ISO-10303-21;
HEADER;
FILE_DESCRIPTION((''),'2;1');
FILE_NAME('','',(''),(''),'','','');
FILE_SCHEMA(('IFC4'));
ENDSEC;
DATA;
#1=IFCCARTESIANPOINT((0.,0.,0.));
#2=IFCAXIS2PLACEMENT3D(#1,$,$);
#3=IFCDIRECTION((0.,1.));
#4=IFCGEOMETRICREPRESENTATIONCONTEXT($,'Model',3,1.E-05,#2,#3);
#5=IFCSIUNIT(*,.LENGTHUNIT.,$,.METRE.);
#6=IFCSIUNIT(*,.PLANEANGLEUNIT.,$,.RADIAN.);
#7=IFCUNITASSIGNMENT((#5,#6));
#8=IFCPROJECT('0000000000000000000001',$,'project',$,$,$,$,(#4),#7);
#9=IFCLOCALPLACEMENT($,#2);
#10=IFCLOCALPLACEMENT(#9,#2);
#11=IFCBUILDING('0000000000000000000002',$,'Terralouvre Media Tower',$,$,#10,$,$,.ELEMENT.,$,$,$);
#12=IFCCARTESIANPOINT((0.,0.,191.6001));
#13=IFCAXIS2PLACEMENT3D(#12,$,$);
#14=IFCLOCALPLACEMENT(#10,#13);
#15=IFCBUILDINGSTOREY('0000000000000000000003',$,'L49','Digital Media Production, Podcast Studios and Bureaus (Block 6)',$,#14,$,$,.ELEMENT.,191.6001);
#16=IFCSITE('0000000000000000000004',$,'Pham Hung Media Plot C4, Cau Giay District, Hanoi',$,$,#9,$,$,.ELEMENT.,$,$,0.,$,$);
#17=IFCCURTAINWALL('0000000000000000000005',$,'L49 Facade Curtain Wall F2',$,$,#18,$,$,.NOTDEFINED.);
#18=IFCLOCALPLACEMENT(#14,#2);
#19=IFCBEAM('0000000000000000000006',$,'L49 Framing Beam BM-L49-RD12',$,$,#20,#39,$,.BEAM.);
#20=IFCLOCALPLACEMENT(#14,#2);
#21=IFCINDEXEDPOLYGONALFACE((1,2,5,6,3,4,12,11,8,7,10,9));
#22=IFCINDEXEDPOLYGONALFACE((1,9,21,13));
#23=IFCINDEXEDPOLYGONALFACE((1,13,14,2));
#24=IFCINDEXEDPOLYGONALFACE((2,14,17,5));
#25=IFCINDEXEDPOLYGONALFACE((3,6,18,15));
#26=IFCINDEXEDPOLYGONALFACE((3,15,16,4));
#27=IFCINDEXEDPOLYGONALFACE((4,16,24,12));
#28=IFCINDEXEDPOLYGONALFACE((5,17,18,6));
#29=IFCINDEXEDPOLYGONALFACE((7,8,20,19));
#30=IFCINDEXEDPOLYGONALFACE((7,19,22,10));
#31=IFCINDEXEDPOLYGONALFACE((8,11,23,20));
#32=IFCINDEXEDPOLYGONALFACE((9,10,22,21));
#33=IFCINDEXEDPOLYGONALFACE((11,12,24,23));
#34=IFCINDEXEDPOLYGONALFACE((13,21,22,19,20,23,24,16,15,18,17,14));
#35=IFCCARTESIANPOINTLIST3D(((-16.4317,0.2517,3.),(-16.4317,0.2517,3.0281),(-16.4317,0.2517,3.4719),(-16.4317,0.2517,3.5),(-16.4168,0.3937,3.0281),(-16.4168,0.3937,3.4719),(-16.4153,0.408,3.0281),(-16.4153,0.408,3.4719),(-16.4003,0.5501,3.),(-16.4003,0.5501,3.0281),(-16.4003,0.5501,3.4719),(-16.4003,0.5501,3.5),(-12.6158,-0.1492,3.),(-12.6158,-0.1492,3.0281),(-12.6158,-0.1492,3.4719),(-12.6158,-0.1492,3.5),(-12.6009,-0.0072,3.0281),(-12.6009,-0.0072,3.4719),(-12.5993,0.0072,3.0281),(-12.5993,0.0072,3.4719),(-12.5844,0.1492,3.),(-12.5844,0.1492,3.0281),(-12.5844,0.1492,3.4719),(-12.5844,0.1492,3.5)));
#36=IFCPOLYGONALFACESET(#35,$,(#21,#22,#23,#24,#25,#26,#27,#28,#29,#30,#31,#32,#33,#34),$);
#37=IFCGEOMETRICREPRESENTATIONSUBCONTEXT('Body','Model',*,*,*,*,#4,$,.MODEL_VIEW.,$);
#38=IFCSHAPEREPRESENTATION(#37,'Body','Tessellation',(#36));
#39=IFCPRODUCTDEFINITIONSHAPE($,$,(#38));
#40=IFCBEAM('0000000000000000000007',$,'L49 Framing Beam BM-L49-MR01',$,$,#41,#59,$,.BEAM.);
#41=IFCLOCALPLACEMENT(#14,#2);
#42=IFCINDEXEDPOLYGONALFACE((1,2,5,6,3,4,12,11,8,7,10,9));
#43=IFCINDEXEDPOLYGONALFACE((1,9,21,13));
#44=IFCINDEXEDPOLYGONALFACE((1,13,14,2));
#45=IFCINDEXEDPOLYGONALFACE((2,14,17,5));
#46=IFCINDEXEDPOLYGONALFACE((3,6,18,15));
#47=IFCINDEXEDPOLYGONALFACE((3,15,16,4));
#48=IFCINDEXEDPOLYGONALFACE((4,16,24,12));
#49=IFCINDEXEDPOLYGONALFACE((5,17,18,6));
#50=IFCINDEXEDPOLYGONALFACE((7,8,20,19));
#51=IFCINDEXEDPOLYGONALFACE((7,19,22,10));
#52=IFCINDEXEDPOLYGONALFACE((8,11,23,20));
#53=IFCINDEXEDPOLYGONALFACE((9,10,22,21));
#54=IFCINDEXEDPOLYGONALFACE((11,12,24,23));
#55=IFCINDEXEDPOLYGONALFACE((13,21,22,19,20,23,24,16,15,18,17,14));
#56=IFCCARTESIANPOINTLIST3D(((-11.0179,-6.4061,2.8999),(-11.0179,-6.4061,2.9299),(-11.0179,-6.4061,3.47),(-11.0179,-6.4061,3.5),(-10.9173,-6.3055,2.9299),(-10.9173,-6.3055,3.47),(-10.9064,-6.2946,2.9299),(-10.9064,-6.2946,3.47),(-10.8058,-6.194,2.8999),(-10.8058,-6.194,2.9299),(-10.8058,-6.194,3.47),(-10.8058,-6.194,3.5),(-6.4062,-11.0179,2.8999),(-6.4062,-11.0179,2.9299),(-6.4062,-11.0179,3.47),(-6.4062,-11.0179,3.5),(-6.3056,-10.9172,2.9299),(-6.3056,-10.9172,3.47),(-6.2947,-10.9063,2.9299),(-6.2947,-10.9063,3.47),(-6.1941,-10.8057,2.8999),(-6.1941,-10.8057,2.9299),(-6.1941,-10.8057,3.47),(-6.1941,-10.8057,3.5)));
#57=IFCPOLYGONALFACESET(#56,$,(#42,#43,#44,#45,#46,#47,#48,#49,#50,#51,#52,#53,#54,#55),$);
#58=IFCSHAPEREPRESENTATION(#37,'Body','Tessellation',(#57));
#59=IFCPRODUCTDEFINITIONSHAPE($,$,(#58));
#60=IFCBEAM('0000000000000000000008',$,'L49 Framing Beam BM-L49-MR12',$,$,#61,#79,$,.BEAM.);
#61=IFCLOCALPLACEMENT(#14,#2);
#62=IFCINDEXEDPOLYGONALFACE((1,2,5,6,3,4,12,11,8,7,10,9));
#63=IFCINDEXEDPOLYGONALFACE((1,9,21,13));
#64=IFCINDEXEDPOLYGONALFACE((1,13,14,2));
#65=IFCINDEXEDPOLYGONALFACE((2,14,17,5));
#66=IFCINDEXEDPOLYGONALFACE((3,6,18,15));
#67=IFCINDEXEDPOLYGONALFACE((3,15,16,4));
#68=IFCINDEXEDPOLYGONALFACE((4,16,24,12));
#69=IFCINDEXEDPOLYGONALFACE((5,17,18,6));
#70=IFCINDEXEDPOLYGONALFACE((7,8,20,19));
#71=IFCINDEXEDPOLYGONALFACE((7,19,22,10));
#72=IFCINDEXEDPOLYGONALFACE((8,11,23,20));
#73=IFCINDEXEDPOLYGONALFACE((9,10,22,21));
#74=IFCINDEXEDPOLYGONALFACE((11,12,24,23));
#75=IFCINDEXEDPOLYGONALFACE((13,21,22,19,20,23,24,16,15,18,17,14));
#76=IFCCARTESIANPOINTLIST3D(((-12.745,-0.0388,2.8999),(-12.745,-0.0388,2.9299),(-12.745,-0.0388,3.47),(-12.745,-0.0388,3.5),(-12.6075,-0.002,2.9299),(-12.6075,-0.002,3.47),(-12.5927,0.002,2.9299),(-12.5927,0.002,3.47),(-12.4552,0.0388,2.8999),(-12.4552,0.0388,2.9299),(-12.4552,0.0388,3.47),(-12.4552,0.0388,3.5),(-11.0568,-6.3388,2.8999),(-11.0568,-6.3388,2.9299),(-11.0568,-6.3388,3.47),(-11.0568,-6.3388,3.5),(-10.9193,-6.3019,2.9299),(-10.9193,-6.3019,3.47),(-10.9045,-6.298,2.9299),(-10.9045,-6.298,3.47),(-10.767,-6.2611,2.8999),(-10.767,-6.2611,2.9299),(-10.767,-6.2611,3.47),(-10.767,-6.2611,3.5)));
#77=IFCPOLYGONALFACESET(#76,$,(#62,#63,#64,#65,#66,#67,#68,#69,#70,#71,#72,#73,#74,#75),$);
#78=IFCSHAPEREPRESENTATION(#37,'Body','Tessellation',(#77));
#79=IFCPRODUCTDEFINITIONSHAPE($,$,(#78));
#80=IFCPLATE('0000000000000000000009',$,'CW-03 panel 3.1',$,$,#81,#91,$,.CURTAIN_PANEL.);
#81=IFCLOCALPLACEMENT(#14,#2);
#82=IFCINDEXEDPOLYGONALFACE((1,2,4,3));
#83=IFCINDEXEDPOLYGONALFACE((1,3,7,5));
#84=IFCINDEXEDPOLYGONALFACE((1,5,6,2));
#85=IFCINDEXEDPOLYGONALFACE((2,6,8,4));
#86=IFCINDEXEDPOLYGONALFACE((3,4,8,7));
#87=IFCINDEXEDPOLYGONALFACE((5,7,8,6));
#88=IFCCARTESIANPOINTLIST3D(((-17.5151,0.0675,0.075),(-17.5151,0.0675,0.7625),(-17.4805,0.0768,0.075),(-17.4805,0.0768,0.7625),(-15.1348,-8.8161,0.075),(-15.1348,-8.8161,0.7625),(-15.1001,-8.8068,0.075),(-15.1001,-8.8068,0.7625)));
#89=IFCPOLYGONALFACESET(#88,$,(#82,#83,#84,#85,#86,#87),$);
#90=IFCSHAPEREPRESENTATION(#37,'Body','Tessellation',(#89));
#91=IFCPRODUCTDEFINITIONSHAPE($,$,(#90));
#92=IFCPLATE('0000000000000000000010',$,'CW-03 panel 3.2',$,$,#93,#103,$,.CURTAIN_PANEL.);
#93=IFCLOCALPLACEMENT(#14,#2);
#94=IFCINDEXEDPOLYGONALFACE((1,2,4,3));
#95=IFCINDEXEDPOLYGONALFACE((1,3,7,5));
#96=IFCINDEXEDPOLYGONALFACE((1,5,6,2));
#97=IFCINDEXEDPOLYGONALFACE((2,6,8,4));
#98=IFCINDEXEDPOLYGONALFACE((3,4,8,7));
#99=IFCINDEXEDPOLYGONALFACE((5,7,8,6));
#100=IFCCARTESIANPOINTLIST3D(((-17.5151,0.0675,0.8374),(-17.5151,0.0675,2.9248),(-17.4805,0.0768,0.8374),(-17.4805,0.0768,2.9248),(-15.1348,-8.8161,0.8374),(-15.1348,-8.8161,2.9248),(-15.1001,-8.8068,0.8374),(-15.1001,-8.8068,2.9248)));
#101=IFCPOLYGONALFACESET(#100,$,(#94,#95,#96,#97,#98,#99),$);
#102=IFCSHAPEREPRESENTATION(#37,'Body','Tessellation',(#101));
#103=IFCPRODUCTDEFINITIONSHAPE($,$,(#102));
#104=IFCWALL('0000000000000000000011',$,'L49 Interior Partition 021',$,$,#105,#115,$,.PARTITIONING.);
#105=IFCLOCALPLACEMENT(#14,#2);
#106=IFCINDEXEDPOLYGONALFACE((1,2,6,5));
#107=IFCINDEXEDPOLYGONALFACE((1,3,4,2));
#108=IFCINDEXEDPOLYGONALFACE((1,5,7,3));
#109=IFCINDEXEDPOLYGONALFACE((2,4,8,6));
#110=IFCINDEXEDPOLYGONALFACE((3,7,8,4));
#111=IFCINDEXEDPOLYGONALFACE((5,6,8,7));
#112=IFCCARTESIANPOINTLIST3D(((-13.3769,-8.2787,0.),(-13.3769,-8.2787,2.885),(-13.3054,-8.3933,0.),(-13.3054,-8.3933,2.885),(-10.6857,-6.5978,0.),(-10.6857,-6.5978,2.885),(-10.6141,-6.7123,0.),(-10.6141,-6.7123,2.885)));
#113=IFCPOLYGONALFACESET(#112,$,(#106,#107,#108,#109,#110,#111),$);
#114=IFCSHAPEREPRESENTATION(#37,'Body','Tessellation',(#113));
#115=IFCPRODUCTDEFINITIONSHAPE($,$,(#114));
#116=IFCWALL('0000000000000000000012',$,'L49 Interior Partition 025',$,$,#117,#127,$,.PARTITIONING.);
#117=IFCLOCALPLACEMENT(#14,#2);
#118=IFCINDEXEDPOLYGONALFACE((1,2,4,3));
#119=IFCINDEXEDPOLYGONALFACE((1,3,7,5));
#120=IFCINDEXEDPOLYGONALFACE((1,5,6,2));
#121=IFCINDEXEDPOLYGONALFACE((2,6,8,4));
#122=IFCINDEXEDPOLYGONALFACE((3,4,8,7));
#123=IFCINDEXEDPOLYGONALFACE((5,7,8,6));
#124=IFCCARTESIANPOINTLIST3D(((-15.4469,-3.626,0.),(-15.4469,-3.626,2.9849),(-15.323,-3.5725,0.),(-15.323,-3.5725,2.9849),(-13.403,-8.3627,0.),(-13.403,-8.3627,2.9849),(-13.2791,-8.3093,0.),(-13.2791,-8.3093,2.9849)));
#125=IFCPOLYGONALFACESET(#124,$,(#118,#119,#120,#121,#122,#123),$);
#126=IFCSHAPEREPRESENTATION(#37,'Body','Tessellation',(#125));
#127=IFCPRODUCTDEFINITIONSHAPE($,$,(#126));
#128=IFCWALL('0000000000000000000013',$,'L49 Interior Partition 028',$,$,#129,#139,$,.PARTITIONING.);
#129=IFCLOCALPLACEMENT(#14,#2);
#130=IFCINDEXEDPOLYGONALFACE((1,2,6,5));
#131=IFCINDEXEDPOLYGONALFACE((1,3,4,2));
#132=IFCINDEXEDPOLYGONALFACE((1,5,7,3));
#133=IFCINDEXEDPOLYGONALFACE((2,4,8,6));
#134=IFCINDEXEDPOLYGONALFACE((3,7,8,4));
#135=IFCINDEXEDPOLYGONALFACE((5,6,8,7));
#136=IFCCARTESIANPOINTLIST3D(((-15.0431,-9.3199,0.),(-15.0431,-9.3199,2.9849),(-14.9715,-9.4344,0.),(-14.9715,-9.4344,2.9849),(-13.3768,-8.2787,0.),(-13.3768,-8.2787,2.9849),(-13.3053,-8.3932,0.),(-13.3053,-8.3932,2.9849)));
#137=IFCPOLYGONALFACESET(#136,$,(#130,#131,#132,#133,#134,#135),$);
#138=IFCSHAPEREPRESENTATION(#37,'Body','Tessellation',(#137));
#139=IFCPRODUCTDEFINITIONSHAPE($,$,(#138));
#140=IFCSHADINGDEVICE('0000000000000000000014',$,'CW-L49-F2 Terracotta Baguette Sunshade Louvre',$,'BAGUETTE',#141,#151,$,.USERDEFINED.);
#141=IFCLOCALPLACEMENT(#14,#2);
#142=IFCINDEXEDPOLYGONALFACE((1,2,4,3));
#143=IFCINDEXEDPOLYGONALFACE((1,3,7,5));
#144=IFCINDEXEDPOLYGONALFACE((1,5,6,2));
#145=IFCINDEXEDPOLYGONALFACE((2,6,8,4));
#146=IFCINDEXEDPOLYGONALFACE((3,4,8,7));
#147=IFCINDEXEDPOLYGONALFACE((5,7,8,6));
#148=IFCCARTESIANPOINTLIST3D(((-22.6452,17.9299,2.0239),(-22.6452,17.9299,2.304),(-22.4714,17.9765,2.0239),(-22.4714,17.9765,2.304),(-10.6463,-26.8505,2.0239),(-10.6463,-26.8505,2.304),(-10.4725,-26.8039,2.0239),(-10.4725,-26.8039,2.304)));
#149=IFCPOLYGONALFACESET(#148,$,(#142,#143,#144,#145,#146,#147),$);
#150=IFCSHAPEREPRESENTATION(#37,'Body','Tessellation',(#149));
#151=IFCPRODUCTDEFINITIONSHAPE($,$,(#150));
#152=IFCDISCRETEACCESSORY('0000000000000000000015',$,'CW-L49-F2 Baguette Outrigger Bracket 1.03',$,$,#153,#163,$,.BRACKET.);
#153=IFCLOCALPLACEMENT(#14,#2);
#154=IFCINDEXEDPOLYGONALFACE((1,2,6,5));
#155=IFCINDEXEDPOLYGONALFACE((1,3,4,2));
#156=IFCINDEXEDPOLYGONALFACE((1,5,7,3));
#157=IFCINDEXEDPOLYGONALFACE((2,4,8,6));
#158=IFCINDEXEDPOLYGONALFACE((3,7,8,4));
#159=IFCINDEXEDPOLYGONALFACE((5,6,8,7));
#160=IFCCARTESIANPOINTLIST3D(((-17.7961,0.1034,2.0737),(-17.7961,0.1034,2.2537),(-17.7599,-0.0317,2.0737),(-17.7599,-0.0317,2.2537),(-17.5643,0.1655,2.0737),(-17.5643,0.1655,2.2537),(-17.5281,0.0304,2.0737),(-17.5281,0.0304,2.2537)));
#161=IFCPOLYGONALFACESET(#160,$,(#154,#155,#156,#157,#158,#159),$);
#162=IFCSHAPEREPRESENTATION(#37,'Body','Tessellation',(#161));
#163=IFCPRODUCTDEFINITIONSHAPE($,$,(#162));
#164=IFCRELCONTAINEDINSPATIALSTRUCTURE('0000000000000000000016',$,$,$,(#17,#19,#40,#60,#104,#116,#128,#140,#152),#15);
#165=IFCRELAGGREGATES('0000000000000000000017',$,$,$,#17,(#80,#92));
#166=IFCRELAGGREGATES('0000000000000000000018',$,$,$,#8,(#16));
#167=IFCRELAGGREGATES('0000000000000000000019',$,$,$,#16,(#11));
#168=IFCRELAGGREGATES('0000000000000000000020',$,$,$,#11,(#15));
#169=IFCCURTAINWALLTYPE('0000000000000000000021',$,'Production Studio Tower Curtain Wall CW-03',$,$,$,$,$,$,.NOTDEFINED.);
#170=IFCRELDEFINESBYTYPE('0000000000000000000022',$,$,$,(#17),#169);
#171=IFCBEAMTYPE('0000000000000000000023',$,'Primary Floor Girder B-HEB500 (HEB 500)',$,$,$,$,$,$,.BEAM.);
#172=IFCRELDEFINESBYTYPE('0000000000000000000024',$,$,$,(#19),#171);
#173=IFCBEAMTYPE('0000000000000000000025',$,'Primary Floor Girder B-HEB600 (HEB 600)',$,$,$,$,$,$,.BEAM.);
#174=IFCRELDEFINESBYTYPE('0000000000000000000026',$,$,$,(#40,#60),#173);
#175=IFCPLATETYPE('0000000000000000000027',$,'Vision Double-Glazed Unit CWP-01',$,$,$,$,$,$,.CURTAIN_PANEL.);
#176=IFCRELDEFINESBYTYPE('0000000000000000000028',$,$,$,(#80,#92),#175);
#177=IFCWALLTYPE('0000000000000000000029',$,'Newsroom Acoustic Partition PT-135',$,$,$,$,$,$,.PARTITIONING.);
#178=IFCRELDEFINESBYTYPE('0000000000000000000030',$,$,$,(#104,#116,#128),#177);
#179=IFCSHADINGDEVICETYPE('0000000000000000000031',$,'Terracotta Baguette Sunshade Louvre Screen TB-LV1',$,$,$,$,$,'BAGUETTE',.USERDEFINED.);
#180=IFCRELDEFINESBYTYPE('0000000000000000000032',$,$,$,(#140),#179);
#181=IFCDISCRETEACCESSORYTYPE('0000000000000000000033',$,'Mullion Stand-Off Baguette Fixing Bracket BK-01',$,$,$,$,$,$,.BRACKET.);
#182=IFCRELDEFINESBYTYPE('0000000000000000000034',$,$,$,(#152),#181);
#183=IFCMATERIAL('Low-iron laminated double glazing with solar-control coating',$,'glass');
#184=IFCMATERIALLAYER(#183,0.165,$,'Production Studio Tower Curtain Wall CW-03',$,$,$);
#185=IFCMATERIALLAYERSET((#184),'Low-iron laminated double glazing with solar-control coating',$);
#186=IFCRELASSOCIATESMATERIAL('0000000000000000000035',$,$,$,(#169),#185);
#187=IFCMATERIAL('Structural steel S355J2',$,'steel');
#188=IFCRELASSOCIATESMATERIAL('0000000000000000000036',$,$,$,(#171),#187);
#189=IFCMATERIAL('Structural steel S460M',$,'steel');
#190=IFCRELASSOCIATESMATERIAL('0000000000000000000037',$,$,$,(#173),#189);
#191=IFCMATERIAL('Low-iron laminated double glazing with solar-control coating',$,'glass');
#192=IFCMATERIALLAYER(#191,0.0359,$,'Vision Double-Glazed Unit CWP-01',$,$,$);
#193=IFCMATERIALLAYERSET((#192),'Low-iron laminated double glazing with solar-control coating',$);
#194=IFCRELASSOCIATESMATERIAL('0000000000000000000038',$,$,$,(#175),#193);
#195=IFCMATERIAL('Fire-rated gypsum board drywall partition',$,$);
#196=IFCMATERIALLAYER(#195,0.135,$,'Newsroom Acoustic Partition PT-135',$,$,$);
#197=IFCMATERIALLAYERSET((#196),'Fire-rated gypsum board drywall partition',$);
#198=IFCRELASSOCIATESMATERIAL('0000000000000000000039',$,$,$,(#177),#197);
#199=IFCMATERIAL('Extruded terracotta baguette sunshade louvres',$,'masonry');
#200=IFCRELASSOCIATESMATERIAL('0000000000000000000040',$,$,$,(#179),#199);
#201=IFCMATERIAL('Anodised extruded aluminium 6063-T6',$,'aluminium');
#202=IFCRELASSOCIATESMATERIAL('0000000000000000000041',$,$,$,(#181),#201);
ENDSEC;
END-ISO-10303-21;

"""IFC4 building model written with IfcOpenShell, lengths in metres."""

from ifc_helpers import new_model, si_unit, direction, frame, frame_2d, origin, origin_2d, place, context, subcontext, project, spatial, rectangle, i_section, extrude, material, layer, layer_set, material_profile, profile_set, type_object, element, aggregate, save


model = new_model("IFC4")

# Units and contexts
model_context = context("Model", 3, precision=1e-05, world=origin(), true_north=direction((0.0, 1.0)))
body_context = subcontext(model_context, "Body", "Model", "MODEL_VIEW")
ifc_project = project(units=[si_unit("LENGTHUNIT", "METRE"), si_unit("PLANEANGLEUNIT", "RADIAN")], contexts=[model_context])

# Site, building, storey
site_placement = place(None, origin())
site = spatial("IfcSite", under=ifc_project, at=site_placement, Name="Pham Hung Media Plot C4, Cau Giay District, Hanoi", CompositionType="ELEMENT", RefElevation=0.0)
building_placement = place(site_placement, origin())
building = spatial("IfcBuilding", under=site, at=building_placement, Name="Terralouvre Media Tower", CompositionType="ELEMENT")
storey_placement = place(building_placement, frame((0.0, 0.0, 191.6001)))
storey = spatial("IfcBuildingStorey", under=building, at=storey_placement, Name="L49", Description="Digital Media Production, Podcast Studios and Bureaus (Block 6)", CompositionType="ELEMENT", Elevation=191.6001)

# Curtain wall
ifc_material_1 = material(Name="Low-iron laminated double glazing with solar-control coating", Category="glass")
ifc_layer_1 = layer(ifc_material_1, 0.165, Name="Production Studio Tower Curtain Wall CW-03")
ifc_layer_set_1 = layer_set([ifc_layer_1], Name="Low-iron laminated double glazing with solar-control coating")
curtain_wall_type = type_object("IfcCurtainWallType", Name="Production Studio Tower Curtain Wall CW-03", PredefinedType="NOTDEFINED", material=ifc_layer_set_1)
curtain_wall_placement = place(storey_placement, origin())
curtain_wall = element("IfcCurtainWall", 1, at=curtain_wall_placement, inside=storey, type_object=curtain_wall_type, Name="L49 Facade Curtain Wall F2", PredefinedType="NOTDEFINED")

# Beams
ifc_material_2 = material(Name="Structural steel S355J2", Category="steel")
ifc_material_profile_1 = material_profile(ifc_material_2, i_section(OverallWidth=0.3, OverallDepth=0.5, WebThickness=0.0144, FlangeThickness=0.0281, at=origin_2d()), Name="HEB 500")
ifc_profile_set_1 = profile_set([ifc_material_profile_1], Name="Structural steel S355J2")
beam_type_1 = type_object("IfcBeamType", Name="Primary Floor Girder B-HEB500 (HEB 500)", PredefinedType="BEAM", material=ifc_profile_set_1)
beam_1_placement = place(storey_placement, frame((-12.6001, 0.0, 3.25), z_axis=(-0.994527, 0.104479, 0.0), x_axis=(-0.104479, -0.994527, 0.0)))
element("IfcBeam", 2, at=beam_1_placement, inside=storey, type_object=beam_type_1, Name="L49 Framing Beam BM-L49-RD12", PredefinedType="BEAM", context=body_context, shape_type="SweptSolid", body=[
    extrude(i_section(OverallWidth=0.3, OverallDepth=0.5, WebThickness=0.0144, FlangeThickness=0.0281, at=origin_2d()), origin(), (0.0, 0.0, 1.0), 3.8369),
])
ifc_material_3 = material(Name="Structural steel S460M", Category="steel")
ifc_material_profile_2 = material_profile(ifc_material_3, i_section(OverallWidth=0.3, OverallDepth=0.6001, WebThickness=0.0154, FlangeThickness=0.03, at=origin_2d()), Name="HEB 600")
ifc_profile_set_2 = profile_set([ifc_material_profile_2], Name="Structural steel S460M")
beam_type_2 = type_object("IfcBeamType", Name="Primary Floor Girder B-HEB600 (HEB 600)", PredefinedType="BEAM", material=ifc_profile_set_2)
beam_2_placement = place(storey_placement, frame((-10.9119, -6.3, 3.2), z_axis=(0.707107, -0.707107, 0.0), x_axis=(0.707107, 0.707107, 0.0)))
element("IfcBeam", 3, at=beam_2_placement, inside=storey, type_object=beam_type_2, Name="L49 Framing Beam BM-L49-MR01", PredefinedType="BEAM", context=body_context, shape_type="SweptSolid", body=[
    extrude(i_section(OverallWidth=0.3, OverallDepth=0.6001, WebThickness=0.0154, FlangeThickness=0.03, at=origin_2d()), origin(), (0.0, 0.0, 1.0), 6.522),
])
beam_3_placement = place(storey_placement, frame((-12.6001, 0.0, 3.2), z_axis=(0.258839, -0.96592, 0.0), x_axis=(0.96592, 0.258839, 0.0)))
element("IfcBeam", 4, at=beam_3_placement, inside=storey, type_object=beam_type_2, Name="L49 Framing Beam BM-L49-MR12", PredefinedType="BEAM", context=body_context, shape_type="SweptSolid", body=[
    extrude(i_section(OverallWidth=0.3, OverallDepth=0.6001, WebThickness=0.0154, FlangeThickness=0.03, at=origin_2d()), origin(), (0.0, 0.0, 1.0), 6.5222),
])

# Plates
ifc_material_4 = material(Name="Low-iron laminated double glazing with solar-control coating", Category="glass")
ifc_layer_2 = layer(ifc_material_4, 0.0359, Name="Vision Double-Glazed Unit CWP-01")
ifc_layer_set_2 = layer_set([ifc_layer_2], Name="Low-iron laminated double glazing with solar-control coating")
plate_type = type_object("IfcPlateType", Name="Vision Double-Glazed Unit CWP-01", PredefinedType="CURTAIN_PANEL", material=ifc_layer_set_2)
plate_1_placement = place(storey_placement, frame((-16.3076, -4.3696, 0.075), z_axis=(0.0, 0.0, 1.0), x_axis=(0.258819, -0.965926, 0.0)))
plate_1 = element("IfcPlate", 5, at=plate_1_placement, type_object=plate_type, Name="CW-03 panel 3.1", PredefinedType="CURTAIN_PANEL", context=body_context, shape_type="SweptSolid", body=[
    extrude(rectangle(XDim=9.197, YDim=0.0359, at=origin_2d()), origin(), (0.0, 0.0, 1.0), 0.6875),
])
plate_2_placement = place(storey_placement, frame((-16.3076, -4.3696, 0.8374), z_axis=(0.0, 0.0, 1.0), x_axis=(0.258819, -0.965926, 0.0)))
plate_2 = element("IfcPlate", 6, at=plate_2_placement, type_object=plate_type, Name="CW-03 panel 3.2", PredefinedType="CURTAIN_PANEL", context=body_context, shape_type="SweptSolid", body=[
    extrude(rectangle(XDim=9.197, YDim=0.0359, at=origin_2d()), origin(), (0.0, 0.0, 1.0), 2.0874),
])
aggregate(curtain_wall, [plate_1, plate_2])

# Walls
ifc_material_5 = material(Name="Fire-rated gypsum board drywall partition")
ifc_layer_3 = layer(ifc_material_5, 0.135, Name="Newsroom Acoustic Partition PT-135")
ifc_layer_set_3 = layer_set([ifc_layer_3], Name="Fire-rated gypsum board drywall partition")
wall_type = type_object("IfcWallType", Name="Newsroom Acoustic Partition PT-135", PredefinedType="PARTITIONING", material=ifc_layer_set_3)
wall_1_placement = place(storey_placement, frame((-13.3411, -8.3359, 0.0), z_axis=(0.0, 0.0, 1.0), x_axis=(0.84815, 0.529757, 0.0)))
element("IfcWall", 7, at=wall_1_placement, inside=storey, type_object=wall_type, Name="L49 Interior Partition 021", PredefinedType="PARTITIONING", context=body_context, shape_type="SweptSolid", body=[
    extrude(rectangle(XDim=3.1731, YDim=0.135, at=frame_2d((1.5864, 0.0))), origin(), (0.0, 0.0, 1.0), 2.885),
])
wall_2_placement = place(storey_placement, frame((-15.385, -3.5991, 0.0), z_axis=(0.0, 0.0, 1.0), x_axis=(0.396191, -0.918168, 0.0)))
element("IfcWall", 8, at=wall_2_placement, inside=storey, type_object=wall_type, Name="L49 Interior Partition 025", PredefinedType="PARTITIONING", context=body_context, shape_type="SweptSolid", body=[
    extrude(rectangle(XDim=5.1589, YDim=0.135, at=frame_2d((2.5796, 0.0))), origin(), (0.0, 0.0, 1.0), 2.9849),
])
wall_3_placement = place(storey_placement, frame((-13.3411, -8.3359, 0.0), z_axis=(0.0, 0.0, 1.0), x_axis=(-0.848033, -0.529943, 0.0)))
element("IfcWall", 9, at=wall_3_placement, inside=storey, type_object=wall_type, Name="L49 Interior Partition 028", PredefinedType="PARTITIONING", context=body_context, shape_type="SweptSolid", body=[
    extrude(rectangle(XDim=1.9648, YDim=0.135, at=frame_2d((0.9824, 0.0))), origin(), (0.0, 0.0, 1.0), 2.9849),
])

# Shading device
ifc_material_6 = material(Name="Extruded terracotta baguette sunshade louvres", Category="masonry")
shading_device_type = type_object("IfcShadingDeviceType", Name="Terracotta Baguette Sunshade Louvre Screen TB-LV1", ElementType="BAGUETTE", PredefinedType="USERDEFINED", material=ifc_material_6)
shading_device_placement = place(storey_placement, frame((-16.5588, -4.437, 2.0239), z_axis=(0.0, 0.0, 1.0), x_axis=(0.258819, -0.965926, 0.0)))
element("IfcShadingDevice", 10, at=shading_device_placement, inside=storey, type_object=shading_device_type, Name="CW-L49-F2 Terracotta Baguette Sunshade Louvre", ObjectType="BAGUETTE", PredefinedType="USERDEFINED", context=body_context, shape_type="SweptSolid", body=[
    extrude(rectangle(XDim=46.3601, YDim=0.1799, at=origin_2d()), origin(), (0.0, 0.0, 1.0), 0.28),
])

# Discrete accessory
ifc_material_7 = material(Name="Anodised extruded aluminium 6063-T6", Category="aluminium")
discrete_accessory_type = type_object("IfcDiscreteAccessoryType", Name="Mullion Stand-Off Baguette Fixing Bracket BK-01", PredefinedType="BRACKET", material=ifc_material_7)
discrete_accessory_placement = place(storey_placement, frame((-17.6621, 0.0669, 2.0737), z_axis=(0.0, 0.0, 1.0), x_axis=(0.258819, -0.965926, 0.0)))
element("IfcDiscreteAccessory", 11, at=discrete_accessory_placement, inside=storey, type_object=discrete_accessory_type, Name="CW-L49-F2 Baguette Outrigger Bracket 1.03", PredefinedType="BRACKET", context=body_context, shape_type="SweptSolid", body=[
    extrude(rectangle(XDim=0.1399, YDim=0.24, at=origin_2d()), origin(), (0.0, 0.0, 1.0), 0.1799),
])

save(model, "model.ifc")
